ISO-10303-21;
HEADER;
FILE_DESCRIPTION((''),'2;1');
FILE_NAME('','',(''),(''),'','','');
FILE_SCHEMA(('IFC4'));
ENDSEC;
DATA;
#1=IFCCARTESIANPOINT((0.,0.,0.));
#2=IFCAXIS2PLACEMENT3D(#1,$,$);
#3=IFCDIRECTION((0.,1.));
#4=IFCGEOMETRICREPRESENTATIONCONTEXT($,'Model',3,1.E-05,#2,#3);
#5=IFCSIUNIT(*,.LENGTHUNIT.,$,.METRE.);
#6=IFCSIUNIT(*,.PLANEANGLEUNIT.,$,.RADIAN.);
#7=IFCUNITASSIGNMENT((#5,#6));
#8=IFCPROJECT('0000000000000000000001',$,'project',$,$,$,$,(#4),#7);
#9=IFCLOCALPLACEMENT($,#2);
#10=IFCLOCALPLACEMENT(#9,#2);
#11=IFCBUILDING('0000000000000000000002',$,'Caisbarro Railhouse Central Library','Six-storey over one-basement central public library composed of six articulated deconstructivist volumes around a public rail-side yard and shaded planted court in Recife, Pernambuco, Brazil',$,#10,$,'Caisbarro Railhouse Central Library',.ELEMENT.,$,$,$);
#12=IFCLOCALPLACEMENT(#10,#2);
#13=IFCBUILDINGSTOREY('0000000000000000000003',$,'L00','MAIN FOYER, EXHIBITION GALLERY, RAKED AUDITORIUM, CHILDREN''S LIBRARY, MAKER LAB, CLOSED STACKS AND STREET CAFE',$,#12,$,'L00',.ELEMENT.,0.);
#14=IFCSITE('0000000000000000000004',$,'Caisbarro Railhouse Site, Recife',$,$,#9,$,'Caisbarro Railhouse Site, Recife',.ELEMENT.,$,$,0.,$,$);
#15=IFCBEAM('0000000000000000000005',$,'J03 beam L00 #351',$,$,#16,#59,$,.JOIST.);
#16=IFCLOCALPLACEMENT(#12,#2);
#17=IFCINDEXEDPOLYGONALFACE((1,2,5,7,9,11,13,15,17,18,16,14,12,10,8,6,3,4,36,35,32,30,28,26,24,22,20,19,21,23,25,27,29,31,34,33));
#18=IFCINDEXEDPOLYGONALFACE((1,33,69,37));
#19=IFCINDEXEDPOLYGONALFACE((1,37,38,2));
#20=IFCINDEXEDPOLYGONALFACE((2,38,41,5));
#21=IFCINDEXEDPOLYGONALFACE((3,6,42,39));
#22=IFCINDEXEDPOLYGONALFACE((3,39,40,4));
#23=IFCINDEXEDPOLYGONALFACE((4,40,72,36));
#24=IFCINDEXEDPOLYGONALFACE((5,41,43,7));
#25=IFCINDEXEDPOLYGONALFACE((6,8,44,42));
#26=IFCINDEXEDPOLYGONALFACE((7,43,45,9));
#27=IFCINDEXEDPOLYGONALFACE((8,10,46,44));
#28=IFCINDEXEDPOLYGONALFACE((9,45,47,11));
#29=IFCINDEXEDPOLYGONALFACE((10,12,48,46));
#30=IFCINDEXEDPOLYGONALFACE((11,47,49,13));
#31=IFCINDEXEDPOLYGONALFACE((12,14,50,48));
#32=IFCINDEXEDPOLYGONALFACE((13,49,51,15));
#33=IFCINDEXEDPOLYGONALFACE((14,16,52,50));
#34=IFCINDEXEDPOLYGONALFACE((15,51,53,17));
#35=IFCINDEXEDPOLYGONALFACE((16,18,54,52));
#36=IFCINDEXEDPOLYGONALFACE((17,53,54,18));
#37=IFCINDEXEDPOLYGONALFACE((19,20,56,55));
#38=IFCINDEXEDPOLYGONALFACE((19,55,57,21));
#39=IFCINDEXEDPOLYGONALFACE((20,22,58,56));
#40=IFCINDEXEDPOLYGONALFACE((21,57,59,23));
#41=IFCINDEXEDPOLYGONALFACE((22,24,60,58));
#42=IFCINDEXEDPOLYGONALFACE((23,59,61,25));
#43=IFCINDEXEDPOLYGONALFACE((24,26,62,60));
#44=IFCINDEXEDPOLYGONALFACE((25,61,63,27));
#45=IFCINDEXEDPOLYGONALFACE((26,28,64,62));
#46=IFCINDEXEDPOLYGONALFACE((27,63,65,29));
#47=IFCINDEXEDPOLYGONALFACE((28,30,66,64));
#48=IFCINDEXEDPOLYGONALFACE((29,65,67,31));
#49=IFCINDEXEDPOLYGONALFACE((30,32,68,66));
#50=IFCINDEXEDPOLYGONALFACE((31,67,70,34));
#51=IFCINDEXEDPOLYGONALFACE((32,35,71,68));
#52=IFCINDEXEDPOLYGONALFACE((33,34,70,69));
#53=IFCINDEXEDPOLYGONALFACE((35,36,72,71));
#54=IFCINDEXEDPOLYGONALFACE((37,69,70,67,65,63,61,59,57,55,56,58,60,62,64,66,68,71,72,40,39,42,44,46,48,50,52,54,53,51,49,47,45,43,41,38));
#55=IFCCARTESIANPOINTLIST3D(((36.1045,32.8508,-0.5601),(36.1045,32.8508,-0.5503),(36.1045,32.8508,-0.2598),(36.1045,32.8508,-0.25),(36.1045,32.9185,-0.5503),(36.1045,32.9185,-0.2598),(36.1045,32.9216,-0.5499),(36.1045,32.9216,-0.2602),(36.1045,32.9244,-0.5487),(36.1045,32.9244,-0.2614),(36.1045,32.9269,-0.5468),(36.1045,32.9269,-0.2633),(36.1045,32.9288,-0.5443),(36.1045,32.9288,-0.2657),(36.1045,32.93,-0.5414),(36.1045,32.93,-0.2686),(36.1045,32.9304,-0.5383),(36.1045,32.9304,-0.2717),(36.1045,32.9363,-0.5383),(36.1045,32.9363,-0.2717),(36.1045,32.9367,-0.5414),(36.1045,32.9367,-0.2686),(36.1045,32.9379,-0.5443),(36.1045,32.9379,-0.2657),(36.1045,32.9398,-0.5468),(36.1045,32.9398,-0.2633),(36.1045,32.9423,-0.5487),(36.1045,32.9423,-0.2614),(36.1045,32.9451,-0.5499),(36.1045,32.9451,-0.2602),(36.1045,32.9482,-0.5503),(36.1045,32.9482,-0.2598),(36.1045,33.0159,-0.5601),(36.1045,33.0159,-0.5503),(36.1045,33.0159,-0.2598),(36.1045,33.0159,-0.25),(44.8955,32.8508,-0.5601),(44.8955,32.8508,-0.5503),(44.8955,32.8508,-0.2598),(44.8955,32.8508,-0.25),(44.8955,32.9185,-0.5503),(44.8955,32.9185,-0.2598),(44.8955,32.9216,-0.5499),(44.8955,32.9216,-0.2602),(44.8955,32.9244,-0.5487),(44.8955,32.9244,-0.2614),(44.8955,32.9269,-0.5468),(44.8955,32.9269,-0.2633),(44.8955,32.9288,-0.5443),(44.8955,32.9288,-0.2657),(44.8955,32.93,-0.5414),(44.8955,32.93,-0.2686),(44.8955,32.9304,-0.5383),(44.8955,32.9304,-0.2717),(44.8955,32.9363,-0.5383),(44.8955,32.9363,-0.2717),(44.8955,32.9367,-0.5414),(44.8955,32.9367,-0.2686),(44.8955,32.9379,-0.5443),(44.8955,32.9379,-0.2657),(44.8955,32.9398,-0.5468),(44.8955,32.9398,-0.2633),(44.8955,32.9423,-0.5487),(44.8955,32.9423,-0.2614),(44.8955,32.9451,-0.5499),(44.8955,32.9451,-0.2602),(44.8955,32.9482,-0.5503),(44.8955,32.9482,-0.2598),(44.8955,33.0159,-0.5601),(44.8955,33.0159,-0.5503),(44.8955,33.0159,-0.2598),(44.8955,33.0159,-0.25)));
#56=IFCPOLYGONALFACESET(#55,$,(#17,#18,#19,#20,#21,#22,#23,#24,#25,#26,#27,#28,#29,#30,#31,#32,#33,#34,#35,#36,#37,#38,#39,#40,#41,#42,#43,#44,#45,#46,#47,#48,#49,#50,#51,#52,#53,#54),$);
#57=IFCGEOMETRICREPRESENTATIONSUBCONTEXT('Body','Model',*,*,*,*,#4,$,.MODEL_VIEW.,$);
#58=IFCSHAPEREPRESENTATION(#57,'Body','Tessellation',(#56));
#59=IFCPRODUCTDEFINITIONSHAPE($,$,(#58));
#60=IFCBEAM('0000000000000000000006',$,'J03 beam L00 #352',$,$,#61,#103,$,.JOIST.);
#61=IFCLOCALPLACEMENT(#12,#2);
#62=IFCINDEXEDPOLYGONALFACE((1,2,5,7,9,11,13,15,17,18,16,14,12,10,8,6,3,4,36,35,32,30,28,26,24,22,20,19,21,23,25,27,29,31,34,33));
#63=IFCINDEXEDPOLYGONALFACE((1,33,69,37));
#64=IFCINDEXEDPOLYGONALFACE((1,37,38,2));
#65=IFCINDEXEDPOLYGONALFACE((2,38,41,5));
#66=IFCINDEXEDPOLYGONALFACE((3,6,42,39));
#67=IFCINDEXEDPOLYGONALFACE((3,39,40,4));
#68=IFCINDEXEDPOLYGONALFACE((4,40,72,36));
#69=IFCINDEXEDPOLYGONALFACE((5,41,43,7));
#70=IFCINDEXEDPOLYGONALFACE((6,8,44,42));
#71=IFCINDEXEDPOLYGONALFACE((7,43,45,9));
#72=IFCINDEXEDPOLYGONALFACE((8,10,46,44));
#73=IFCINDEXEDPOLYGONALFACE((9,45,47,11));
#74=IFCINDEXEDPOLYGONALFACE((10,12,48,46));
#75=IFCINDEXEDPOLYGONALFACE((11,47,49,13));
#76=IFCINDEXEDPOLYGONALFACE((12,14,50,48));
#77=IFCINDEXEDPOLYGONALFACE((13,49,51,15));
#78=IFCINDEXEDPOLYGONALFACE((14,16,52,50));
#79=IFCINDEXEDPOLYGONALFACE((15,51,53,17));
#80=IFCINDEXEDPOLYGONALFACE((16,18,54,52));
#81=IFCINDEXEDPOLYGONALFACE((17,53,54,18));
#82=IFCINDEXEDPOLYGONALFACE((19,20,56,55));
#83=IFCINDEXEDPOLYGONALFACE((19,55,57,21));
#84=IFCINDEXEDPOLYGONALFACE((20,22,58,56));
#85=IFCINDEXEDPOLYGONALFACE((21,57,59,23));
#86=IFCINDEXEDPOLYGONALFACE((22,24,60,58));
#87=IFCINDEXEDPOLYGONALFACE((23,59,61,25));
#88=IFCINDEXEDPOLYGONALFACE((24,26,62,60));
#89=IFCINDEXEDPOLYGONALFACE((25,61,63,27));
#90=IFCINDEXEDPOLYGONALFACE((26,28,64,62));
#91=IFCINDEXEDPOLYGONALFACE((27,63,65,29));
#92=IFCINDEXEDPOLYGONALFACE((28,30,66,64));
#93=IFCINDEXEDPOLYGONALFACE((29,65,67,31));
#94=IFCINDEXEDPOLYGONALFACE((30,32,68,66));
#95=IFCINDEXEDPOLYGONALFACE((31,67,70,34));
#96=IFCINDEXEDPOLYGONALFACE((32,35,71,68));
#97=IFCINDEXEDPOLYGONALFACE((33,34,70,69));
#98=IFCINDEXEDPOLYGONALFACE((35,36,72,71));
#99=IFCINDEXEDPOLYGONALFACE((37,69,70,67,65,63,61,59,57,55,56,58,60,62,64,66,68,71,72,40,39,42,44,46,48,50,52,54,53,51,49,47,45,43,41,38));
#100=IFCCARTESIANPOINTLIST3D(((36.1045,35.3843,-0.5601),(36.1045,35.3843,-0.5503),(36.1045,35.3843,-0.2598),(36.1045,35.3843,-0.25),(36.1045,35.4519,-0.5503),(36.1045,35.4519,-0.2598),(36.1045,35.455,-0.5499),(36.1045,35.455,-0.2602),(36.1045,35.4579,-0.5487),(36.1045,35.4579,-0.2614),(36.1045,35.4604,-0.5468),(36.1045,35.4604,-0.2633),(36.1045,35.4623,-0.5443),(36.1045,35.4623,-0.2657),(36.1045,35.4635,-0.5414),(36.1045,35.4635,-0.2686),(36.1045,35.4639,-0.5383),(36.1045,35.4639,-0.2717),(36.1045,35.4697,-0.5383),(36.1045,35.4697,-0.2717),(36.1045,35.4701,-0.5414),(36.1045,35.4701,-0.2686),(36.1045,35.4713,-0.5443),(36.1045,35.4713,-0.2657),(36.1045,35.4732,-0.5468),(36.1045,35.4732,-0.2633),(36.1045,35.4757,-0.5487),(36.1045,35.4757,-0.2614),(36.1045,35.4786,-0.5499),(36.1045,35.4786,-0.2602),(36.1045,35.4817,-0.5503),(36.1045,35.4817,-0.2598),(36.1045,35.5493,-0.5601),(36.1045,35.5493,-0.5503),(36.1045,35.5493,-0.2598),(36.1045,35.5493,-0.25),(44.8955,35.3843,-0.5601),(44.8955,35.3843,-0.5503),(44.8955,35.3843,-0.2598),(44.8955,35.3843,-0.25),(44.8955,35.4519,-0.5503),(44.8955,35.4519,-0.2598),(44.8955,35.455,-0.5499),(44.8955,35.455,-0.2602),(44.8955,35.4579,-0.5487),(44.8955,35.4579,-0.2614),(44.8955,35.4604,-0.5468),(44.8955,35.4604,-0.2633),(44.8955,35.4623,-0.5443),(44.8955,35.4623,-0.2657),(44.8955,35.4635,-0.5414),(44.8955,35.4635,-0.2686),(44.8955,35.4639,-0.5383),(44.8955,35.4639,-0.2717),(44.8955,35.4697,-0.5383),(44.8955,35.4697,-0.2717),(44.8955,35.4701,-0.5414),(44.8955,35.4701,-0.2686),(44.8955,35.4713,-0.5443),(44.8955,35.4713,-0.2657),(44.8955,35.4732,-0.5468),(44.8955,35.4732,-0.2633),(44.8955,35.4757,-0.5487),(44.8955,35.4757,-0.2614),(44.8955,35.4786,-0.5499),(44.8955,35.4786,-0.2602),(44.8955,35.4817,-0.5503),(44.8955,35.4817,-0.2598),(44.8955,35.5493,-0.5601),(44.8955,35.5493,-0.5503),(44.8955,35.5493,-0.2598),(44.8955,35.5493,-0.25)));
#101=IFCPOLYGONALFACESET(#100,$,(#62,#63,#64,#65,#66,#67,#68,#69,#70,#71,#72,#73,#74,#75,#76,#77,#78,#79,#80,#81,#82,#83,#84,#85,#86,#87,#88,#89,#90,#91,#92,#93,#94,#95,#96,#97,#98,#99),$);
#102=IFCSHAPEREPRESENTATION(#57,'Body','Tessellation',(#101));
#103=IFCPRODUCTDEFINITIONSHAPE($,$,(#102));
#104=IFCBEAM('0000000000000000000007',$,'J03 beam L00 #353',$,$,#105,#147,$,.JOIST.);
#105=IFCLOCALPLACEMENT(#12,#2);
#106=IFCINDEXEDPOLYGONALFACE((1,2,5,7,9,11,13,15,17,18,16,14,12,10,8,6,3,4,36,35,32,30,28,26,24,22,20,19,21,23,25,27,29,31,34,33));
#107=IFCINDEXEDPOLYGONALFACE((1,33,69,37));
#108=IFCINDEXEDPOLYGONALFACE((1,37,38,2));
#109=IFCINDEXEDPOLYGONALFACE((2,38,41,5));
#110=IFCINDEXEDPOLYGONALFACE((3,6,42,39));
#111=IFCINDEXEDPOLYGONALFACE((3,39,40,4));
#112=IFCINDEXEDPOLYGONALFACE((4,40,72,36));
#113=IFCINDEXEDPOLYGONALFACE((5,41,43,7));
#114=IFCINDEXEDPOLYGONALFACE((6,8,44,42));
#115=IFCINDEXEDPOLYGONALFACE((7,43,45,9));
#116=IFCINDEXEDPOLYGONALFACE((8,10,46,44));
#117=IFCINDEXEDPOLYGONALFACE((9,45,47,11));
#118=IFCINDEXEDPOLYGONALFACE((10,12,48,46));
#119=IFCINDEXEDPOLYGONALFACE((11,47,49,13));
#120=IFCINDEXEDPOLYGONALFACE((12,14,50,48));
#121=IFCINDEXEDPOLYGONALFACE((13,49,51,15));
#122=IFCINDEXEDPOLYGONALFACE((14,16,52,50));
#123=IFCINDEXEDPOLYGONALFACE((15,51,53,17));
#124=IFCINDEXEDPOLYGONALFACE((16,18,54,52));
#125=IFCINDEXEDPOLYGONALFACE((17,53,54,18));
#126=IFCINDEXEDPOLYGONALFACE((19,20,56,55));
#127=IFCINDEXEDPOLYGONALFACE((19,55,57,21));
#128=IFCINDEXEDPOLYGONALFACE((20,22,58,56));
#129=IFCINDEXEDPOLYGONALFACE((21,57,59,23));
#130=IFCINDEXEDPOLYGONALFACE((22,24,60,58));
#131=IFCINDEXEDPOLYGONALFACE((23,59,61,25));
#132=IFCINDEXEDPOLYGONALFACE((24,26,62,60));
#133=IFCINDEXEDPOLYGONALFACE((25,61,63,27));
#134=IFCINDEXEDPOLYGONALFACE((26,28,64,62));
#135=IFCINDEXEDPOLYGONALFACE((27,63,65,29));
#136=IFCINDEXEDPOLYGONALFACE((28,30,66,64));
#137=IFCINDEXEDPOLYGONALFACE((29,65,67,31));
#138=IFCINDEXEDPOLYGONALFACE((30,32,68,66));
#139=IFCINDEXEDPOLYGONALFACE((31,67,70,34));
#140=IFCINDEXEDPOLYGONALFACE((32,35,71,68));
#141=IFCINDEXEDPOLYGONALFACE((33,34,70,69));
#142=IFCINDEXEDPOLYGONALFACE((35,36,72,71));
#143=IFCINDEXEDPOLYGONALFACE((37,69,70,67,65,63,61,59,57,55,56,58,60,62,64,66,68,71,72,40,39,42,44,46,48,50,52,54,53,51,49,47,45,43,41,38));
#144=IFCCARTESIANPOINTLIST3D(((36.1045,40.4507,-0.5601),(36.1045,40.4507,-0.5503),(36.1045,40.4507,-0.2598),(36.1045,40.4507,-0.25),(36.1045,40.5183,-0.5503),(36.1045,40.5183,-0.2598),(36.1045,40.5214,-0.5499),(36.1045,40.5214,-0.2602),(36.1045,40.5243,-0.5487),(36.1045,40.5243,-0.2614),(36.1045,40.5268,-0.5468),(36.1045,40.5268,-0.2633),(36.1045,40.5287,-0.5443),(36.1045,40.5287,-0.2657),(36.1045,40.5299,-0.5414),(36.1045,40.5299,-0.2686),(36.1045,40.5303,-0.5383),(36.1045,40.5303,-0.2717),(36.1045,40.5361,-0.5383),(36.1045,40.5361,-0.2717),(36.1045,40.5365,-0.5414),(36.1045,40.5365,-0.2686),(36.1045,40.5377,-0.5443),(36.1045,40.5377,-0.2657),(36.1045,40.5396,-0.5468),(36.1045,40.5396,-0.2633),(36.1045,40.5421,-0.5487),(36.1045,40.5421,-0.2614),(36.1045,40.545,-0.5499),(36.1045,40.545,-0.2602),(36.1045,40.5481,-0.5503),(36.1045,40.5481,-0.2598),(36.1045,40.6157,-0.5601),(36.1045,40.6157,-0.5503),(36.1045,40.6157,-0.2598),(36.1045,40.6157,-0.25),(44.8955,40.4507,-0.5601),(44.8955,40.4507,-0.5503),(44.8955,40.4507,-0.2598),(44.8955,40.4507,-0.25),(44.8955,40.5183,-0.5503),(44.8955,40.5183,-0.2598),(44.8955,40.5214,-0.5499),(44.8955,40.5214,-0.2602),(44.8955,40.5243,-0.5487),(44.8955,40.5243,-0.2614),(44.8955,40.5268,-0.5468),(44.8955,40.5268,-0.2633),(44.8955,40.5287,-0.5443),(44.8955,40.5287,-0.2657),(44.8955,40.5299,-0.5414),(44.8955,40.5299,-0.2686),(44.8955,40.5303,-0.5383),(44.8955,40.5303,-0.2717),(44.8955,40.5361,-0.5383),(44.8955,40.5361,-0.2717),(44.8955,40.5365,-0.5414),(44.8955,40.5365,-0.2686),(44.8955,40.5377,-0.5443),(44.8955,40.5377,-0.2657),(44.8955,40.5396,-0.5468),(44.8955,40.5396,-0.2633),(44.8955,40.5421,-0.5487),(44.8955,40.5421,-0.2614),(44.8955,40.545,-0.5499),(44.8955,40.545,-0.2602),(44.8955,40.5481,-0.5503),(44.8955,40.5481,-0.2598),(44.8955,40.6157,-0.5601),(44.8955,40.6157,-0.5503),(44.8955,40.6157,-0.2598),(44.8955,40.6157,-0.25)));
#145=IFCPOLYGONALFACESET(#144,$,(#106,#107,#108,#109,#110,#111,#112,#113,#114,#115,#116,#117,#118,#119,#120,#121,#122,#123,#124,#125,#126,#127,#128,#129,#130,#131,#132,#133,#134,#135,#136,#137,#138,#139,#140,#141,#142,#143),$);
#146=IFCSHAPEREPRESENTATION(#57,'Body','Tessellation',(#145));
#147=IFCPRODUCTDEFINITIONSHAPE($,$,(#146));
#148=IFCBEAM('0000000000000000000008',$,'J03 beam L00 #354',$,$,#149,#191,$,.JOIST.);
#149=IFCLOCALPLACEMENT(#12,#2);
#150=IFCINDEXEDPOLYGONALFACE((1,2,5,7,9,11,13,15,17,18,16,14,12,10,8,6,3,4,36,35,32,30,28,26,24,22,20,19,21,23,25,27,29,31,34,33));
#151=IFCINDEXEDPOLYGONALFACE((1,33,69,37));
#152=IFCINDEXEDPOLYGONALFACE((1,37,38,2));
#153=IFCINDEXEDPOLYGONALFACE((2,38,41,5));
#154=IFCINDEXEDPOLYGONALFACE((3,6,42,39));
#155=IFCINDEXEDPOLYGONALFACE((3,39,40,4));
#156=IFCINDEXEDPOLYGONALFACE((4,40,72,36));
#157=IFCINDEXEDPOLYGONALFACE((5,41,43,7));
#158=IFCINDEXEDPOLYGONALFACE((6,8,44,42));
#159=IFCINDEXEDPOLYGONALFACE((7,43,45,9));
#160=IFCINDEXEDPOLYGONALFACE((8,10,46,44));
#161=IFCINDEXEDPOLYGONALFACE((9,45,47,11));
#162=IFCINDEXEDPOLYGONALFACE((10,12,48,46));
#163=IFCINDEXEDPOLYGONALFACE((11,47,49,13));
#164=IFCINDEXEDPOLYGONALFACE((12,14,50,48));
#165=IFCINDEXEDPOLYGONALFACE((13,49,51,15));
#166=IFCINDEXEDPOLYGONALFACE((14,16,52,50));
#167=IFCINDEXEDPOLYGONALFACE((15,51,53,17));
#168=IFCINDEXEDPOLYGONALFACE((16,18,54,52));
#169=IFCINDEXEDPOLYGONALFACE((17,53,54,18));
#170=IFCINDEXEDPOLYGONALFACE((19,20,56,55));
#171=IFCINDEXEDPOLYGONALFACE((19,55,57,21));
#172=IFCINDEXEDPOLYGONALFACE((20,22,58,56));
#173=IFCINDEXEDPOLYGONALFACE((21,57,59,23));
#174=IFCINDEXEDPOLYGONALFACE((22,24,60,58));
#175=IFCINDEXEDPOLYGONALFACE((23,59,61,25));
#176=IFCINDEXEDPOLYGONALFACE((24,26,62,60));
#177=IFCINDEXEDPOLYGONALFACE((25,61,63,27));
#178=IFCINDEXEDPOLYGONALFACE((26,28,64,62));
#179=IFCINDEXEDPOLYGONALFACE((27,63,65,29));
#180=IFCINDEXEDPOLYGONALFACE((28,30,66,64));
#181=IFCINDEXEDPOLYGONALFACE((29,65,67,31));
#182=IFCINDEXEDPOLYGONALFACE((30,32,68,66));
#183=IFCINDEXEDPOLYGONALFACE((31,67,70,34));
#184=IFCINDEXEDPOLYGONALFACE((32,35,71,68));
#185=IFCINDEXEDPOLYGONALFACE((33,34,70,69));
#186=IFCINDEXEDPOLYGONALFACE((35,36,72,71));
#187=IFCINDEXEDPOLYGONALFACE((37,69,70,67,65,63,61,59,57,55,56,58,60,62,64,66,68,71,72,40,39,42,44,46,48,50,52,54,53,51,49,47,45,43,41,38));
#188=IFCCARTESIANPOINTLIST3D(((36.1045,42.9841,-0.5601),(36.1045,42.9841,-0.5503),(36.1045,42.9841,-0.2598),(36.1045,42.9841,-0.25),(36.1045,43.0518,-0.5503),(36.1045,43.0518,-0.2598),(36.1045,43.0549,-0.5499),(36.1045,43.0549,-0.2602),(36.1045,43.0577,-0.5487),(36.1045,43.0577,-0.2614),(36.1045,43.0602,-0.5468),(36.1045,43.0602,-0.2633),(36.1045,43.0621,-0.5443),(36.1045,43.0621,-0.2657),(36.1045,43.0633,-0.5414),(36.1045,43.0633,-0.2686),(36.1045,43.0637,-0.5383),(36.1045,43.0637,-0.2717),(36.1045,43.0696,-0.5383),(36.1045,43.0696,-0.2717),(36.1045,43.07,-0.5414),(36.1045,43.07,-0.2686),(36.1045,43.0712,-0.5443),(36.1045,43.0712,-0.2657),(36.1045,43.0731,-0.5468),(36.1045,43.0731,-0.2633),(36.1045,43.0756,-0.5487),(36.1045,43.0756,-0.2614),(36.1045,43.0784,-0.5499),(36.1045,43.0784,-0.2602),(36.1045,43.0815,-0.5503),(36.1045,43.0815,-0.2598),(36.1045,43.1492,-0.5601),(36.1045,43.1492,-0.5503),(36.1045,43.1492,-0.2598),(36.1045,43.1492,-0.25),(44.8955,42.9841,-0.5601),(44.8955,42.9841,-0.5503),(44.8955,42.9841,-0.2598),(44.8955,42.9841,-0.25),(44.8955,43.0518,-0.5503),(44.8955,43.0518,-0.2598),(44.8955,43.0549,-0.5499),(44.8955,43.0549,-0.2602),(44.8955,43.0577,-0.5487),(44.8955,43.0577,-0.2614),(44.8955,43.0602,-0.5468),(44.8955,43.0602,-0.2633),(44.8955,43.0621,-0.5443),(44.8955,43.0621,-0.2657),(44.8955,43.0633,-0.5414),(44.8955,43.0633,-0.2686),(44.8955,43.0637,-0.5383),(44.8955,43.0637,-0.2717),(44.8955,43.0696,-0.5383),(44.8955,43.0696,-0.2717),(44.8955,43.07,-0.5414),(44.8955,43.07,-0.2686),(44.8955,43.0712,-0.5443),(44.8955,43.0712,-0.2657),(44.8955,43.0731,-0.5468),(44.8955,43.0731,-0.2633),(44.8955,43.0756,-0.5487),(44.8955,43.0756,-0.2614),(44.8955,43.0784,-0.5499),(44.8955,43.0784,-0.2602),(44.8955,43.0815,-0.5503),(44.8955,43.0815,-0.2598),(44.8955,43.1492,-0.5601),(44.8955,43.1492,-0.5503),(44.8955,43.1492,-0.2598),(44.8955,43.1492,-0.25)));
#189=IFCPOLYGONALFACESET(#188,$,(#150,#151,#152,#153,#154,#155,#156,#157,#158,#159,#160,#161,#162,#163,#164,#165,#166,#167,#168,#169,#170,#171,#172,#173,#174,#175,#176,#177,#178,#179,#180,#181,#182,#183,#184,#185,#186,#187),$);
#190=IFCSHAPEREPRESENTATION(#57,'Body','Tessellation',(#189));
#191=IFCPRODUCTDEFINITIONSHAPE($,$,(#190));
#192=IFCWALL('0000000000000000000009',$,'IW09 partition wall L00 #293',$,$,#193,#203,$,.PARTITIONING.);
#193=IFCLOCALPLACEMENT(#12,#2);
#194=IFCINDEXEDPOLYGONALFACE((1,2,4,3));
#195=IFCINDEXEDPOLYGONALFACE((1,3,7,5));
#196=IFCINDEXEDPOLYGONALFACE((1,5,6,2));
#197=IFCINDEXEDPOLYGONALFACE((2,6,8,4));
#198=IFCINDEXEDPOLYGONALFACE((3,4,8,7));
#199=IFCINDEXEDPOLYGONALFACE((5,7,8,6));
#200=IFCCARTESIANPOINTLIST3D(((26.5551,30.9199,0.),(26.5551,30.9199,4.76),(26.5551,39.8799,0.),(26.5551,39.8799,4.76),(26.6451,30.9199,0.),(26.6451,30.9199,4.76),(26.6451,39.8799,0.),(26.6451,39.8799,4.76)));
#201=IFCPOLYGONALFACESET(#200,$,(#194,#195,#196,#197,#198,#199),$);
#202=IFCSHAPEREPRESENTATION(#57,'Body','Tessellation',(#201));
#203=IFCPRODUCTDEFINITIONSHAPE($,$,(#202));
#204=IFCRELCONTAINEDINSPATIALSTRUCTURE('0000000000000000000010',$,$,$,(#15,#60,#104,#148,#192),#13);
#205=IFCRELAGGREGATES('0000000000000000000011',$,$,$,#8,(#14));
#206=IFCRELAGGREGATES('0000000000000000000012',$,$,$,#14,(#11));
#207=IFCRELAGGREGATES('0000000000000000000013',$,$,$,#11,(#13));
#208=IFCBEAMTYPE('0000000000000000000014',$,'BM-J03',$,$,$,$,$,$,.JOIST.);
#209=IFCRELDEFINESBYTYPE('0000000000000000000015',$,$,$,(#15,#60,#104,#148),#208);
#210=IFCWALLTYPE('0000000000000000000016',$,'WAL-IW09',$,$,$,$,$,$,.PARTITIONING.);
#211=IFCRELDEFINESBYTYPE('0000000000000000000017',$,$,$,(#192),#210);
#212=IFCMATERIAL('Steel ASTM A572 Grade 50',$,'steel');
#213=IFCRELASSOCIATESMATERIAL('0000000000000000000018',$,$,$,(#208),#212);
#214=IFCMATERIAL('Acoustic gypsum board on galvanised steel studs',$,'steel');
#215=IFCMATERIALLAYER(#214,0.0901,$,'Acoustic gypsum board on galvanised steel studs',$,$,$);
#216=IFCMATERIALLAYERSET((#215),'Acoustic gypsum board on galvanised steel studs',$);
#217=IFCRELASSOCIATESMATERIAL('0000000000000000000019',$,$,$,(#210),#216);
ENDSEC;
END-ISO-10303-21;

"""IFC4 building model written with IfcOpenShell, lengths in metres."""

from ifc_helpers import new_model, si_unit, direction, frame, frame_2d, origin, origin_2d, place, context, subcontext, project, spatial, rectangle, i_section, extrude, material, layer, layer_set, material_profile, profile_set, type_object, element, save


model = new_model("IFC4")

# Units and contexts
model_context = context("Model", 3, precision=1e-05, world=origin(), true_north=direction((0.0, 1.0)))
body_context = subcontext(model_context, "Body", "Model", "MODEL_VIEW")
ifc_project = project(units=[si_unit("LENGTHUNIT", "METRE"), si_unit("PLANEANGLEUNIT", "RADIAN")], contexts=[model_context])

# Site, building, storey
site_placement = place(None, origin())
site = spatial("IfcSite", under=ifc_project, at=site_placement, Name="Caisbarro Railhouse Site, Recife", LongName="Caisbarro Railhouse Site, Recife", CompositionType="ELEMENT", RefElevation=0.0)
building_placement = place(site_placement, origin())
building = spatial("IfcBuilding", under=site, at=building_placement, Name="Caisbarro Railhouse Central Library", Description="Six-storey over one-basement central public library composed of six articulated deconstructivist volumes around a public rail-side yard and shaded planted court in Recife, Pernambuco, Brazil", LongName="Caisbarro Railhouse Central Library", CompositionType="ELEMENT")
storey_placement = place(building_placement, origin())
storey = spatial("IfcBuildingStorey", under=building, at=storey_placement, Name="L00", Description="MAIN FOYER, EXHIBITION GALLERY, RAKED AUDITORIUM, CHILDREN'S LIBRARY, MAKER LAB, CLOSED STACKS AND STREET CAFE", LongName="L00", CompositionType="ELEMENT", Elevation=0.0)

# Shared definitions
ifc_material_1 = material(Name="Steel ASTM A572 Grade 50", Category="steel")

# Beams
ifc_material_profile_1 = material_profile(ifc_material_1, i_section(OverallWidth=0.165, OverallDepth=0.3101, WebThickness=0.0059, FlangeThickness=0.0098, FilletRadius=0.012, at=origin_2d()), Name="W310X38.7")
ifc_profile_set_1 = profile_set([ifc_material_profile_1], Name="Steel ASTM A572 Grade 50")
beam_type_1 = type_object("IfcBeamType", Name="BM-J03", PredefinedType="JOIST", material=ifc_profile_set_1)
for number, where, z_axis, x_axis, name in (
    (1, (36.1045, 32.9333, -0.405), (1.0, 0.0, 0.0), (0.0, 1.0, 0.0), "J03 beam L00 #351"),
    (2, (36.1045, 35.4668, -0.405), (1.0, 0.0, 0.0), (0.0, 1.0, 0.0), "J03 beam L00 #352"),
    (3, (36.1045, 40.5332, -0.405), (1.0, 0.0, 0.0), (0.0, 1.0, 0.0), "J03 beam L00 #353"),
    (4, (36.1045, 43.0667, -0.405), (1.0, 0.0, 0.0), (0.0, 1.0, 0.0), "J03 beam L00 #354"),
):
    element("IfcBeam", number, at=place(storey_placement, frame(where, z_axis=z_axis, x_axis=x_axis)), inside=storey, type_object=beam_type_1, Name=name, PredefinedType="JOIST", context=body_context, shape_type="SweptSolid", body=[
        extrude(i_section(OverallWidth=0.165, OverallDepth=0.3101, WebThickness=0.0059, FlangeThickness=0.0098, FilletRadius=0.012, at=origin_2d()), origin(), (0.0, 0.0, 1.0), 8.791),
    ])

# Wall
ifc_material_2 = material(Name="Acoustic gypsum board on galvanised steel studs", Category="steel")
ifc_layer_1 = layer(ifc_material_2, 0.0901, Name="Acoustic gypsum board on galvanised steel studs")
ifc_layer_set_1 = layer_set([ifc_layer_1], Name="Acoustic gypsum board on galvanised steel studs")
wall_type_1 = type_object("IfcWallType", Name="WAL-IW09", PredefinedType="PARTITIONING", material=ifc_layer_set_1)
wall_1_placement = place(storey_placement, frame((26.6001, 30.9199, 0.0), z_axis=(0.0, 0.0, 1.0), x_axis=(0.0, 1.0, 0.0)))
element("IfcWall", 5, at=wall_1_placement, inside=storey, type_object=wall_type_1, Name="IW09 partition wall L00 #293", PredefinedType="PARTITIONING", context=body_context, shape_type="SweptSolid", body=[
    extrude(rectangle(XDim=8.96, YDim=0.0901, at=frame_2d((4.48, 0.0))), origin(), (0.0, 0.0, 1.0), 4.76),
])

save(model, "model.ifc")
